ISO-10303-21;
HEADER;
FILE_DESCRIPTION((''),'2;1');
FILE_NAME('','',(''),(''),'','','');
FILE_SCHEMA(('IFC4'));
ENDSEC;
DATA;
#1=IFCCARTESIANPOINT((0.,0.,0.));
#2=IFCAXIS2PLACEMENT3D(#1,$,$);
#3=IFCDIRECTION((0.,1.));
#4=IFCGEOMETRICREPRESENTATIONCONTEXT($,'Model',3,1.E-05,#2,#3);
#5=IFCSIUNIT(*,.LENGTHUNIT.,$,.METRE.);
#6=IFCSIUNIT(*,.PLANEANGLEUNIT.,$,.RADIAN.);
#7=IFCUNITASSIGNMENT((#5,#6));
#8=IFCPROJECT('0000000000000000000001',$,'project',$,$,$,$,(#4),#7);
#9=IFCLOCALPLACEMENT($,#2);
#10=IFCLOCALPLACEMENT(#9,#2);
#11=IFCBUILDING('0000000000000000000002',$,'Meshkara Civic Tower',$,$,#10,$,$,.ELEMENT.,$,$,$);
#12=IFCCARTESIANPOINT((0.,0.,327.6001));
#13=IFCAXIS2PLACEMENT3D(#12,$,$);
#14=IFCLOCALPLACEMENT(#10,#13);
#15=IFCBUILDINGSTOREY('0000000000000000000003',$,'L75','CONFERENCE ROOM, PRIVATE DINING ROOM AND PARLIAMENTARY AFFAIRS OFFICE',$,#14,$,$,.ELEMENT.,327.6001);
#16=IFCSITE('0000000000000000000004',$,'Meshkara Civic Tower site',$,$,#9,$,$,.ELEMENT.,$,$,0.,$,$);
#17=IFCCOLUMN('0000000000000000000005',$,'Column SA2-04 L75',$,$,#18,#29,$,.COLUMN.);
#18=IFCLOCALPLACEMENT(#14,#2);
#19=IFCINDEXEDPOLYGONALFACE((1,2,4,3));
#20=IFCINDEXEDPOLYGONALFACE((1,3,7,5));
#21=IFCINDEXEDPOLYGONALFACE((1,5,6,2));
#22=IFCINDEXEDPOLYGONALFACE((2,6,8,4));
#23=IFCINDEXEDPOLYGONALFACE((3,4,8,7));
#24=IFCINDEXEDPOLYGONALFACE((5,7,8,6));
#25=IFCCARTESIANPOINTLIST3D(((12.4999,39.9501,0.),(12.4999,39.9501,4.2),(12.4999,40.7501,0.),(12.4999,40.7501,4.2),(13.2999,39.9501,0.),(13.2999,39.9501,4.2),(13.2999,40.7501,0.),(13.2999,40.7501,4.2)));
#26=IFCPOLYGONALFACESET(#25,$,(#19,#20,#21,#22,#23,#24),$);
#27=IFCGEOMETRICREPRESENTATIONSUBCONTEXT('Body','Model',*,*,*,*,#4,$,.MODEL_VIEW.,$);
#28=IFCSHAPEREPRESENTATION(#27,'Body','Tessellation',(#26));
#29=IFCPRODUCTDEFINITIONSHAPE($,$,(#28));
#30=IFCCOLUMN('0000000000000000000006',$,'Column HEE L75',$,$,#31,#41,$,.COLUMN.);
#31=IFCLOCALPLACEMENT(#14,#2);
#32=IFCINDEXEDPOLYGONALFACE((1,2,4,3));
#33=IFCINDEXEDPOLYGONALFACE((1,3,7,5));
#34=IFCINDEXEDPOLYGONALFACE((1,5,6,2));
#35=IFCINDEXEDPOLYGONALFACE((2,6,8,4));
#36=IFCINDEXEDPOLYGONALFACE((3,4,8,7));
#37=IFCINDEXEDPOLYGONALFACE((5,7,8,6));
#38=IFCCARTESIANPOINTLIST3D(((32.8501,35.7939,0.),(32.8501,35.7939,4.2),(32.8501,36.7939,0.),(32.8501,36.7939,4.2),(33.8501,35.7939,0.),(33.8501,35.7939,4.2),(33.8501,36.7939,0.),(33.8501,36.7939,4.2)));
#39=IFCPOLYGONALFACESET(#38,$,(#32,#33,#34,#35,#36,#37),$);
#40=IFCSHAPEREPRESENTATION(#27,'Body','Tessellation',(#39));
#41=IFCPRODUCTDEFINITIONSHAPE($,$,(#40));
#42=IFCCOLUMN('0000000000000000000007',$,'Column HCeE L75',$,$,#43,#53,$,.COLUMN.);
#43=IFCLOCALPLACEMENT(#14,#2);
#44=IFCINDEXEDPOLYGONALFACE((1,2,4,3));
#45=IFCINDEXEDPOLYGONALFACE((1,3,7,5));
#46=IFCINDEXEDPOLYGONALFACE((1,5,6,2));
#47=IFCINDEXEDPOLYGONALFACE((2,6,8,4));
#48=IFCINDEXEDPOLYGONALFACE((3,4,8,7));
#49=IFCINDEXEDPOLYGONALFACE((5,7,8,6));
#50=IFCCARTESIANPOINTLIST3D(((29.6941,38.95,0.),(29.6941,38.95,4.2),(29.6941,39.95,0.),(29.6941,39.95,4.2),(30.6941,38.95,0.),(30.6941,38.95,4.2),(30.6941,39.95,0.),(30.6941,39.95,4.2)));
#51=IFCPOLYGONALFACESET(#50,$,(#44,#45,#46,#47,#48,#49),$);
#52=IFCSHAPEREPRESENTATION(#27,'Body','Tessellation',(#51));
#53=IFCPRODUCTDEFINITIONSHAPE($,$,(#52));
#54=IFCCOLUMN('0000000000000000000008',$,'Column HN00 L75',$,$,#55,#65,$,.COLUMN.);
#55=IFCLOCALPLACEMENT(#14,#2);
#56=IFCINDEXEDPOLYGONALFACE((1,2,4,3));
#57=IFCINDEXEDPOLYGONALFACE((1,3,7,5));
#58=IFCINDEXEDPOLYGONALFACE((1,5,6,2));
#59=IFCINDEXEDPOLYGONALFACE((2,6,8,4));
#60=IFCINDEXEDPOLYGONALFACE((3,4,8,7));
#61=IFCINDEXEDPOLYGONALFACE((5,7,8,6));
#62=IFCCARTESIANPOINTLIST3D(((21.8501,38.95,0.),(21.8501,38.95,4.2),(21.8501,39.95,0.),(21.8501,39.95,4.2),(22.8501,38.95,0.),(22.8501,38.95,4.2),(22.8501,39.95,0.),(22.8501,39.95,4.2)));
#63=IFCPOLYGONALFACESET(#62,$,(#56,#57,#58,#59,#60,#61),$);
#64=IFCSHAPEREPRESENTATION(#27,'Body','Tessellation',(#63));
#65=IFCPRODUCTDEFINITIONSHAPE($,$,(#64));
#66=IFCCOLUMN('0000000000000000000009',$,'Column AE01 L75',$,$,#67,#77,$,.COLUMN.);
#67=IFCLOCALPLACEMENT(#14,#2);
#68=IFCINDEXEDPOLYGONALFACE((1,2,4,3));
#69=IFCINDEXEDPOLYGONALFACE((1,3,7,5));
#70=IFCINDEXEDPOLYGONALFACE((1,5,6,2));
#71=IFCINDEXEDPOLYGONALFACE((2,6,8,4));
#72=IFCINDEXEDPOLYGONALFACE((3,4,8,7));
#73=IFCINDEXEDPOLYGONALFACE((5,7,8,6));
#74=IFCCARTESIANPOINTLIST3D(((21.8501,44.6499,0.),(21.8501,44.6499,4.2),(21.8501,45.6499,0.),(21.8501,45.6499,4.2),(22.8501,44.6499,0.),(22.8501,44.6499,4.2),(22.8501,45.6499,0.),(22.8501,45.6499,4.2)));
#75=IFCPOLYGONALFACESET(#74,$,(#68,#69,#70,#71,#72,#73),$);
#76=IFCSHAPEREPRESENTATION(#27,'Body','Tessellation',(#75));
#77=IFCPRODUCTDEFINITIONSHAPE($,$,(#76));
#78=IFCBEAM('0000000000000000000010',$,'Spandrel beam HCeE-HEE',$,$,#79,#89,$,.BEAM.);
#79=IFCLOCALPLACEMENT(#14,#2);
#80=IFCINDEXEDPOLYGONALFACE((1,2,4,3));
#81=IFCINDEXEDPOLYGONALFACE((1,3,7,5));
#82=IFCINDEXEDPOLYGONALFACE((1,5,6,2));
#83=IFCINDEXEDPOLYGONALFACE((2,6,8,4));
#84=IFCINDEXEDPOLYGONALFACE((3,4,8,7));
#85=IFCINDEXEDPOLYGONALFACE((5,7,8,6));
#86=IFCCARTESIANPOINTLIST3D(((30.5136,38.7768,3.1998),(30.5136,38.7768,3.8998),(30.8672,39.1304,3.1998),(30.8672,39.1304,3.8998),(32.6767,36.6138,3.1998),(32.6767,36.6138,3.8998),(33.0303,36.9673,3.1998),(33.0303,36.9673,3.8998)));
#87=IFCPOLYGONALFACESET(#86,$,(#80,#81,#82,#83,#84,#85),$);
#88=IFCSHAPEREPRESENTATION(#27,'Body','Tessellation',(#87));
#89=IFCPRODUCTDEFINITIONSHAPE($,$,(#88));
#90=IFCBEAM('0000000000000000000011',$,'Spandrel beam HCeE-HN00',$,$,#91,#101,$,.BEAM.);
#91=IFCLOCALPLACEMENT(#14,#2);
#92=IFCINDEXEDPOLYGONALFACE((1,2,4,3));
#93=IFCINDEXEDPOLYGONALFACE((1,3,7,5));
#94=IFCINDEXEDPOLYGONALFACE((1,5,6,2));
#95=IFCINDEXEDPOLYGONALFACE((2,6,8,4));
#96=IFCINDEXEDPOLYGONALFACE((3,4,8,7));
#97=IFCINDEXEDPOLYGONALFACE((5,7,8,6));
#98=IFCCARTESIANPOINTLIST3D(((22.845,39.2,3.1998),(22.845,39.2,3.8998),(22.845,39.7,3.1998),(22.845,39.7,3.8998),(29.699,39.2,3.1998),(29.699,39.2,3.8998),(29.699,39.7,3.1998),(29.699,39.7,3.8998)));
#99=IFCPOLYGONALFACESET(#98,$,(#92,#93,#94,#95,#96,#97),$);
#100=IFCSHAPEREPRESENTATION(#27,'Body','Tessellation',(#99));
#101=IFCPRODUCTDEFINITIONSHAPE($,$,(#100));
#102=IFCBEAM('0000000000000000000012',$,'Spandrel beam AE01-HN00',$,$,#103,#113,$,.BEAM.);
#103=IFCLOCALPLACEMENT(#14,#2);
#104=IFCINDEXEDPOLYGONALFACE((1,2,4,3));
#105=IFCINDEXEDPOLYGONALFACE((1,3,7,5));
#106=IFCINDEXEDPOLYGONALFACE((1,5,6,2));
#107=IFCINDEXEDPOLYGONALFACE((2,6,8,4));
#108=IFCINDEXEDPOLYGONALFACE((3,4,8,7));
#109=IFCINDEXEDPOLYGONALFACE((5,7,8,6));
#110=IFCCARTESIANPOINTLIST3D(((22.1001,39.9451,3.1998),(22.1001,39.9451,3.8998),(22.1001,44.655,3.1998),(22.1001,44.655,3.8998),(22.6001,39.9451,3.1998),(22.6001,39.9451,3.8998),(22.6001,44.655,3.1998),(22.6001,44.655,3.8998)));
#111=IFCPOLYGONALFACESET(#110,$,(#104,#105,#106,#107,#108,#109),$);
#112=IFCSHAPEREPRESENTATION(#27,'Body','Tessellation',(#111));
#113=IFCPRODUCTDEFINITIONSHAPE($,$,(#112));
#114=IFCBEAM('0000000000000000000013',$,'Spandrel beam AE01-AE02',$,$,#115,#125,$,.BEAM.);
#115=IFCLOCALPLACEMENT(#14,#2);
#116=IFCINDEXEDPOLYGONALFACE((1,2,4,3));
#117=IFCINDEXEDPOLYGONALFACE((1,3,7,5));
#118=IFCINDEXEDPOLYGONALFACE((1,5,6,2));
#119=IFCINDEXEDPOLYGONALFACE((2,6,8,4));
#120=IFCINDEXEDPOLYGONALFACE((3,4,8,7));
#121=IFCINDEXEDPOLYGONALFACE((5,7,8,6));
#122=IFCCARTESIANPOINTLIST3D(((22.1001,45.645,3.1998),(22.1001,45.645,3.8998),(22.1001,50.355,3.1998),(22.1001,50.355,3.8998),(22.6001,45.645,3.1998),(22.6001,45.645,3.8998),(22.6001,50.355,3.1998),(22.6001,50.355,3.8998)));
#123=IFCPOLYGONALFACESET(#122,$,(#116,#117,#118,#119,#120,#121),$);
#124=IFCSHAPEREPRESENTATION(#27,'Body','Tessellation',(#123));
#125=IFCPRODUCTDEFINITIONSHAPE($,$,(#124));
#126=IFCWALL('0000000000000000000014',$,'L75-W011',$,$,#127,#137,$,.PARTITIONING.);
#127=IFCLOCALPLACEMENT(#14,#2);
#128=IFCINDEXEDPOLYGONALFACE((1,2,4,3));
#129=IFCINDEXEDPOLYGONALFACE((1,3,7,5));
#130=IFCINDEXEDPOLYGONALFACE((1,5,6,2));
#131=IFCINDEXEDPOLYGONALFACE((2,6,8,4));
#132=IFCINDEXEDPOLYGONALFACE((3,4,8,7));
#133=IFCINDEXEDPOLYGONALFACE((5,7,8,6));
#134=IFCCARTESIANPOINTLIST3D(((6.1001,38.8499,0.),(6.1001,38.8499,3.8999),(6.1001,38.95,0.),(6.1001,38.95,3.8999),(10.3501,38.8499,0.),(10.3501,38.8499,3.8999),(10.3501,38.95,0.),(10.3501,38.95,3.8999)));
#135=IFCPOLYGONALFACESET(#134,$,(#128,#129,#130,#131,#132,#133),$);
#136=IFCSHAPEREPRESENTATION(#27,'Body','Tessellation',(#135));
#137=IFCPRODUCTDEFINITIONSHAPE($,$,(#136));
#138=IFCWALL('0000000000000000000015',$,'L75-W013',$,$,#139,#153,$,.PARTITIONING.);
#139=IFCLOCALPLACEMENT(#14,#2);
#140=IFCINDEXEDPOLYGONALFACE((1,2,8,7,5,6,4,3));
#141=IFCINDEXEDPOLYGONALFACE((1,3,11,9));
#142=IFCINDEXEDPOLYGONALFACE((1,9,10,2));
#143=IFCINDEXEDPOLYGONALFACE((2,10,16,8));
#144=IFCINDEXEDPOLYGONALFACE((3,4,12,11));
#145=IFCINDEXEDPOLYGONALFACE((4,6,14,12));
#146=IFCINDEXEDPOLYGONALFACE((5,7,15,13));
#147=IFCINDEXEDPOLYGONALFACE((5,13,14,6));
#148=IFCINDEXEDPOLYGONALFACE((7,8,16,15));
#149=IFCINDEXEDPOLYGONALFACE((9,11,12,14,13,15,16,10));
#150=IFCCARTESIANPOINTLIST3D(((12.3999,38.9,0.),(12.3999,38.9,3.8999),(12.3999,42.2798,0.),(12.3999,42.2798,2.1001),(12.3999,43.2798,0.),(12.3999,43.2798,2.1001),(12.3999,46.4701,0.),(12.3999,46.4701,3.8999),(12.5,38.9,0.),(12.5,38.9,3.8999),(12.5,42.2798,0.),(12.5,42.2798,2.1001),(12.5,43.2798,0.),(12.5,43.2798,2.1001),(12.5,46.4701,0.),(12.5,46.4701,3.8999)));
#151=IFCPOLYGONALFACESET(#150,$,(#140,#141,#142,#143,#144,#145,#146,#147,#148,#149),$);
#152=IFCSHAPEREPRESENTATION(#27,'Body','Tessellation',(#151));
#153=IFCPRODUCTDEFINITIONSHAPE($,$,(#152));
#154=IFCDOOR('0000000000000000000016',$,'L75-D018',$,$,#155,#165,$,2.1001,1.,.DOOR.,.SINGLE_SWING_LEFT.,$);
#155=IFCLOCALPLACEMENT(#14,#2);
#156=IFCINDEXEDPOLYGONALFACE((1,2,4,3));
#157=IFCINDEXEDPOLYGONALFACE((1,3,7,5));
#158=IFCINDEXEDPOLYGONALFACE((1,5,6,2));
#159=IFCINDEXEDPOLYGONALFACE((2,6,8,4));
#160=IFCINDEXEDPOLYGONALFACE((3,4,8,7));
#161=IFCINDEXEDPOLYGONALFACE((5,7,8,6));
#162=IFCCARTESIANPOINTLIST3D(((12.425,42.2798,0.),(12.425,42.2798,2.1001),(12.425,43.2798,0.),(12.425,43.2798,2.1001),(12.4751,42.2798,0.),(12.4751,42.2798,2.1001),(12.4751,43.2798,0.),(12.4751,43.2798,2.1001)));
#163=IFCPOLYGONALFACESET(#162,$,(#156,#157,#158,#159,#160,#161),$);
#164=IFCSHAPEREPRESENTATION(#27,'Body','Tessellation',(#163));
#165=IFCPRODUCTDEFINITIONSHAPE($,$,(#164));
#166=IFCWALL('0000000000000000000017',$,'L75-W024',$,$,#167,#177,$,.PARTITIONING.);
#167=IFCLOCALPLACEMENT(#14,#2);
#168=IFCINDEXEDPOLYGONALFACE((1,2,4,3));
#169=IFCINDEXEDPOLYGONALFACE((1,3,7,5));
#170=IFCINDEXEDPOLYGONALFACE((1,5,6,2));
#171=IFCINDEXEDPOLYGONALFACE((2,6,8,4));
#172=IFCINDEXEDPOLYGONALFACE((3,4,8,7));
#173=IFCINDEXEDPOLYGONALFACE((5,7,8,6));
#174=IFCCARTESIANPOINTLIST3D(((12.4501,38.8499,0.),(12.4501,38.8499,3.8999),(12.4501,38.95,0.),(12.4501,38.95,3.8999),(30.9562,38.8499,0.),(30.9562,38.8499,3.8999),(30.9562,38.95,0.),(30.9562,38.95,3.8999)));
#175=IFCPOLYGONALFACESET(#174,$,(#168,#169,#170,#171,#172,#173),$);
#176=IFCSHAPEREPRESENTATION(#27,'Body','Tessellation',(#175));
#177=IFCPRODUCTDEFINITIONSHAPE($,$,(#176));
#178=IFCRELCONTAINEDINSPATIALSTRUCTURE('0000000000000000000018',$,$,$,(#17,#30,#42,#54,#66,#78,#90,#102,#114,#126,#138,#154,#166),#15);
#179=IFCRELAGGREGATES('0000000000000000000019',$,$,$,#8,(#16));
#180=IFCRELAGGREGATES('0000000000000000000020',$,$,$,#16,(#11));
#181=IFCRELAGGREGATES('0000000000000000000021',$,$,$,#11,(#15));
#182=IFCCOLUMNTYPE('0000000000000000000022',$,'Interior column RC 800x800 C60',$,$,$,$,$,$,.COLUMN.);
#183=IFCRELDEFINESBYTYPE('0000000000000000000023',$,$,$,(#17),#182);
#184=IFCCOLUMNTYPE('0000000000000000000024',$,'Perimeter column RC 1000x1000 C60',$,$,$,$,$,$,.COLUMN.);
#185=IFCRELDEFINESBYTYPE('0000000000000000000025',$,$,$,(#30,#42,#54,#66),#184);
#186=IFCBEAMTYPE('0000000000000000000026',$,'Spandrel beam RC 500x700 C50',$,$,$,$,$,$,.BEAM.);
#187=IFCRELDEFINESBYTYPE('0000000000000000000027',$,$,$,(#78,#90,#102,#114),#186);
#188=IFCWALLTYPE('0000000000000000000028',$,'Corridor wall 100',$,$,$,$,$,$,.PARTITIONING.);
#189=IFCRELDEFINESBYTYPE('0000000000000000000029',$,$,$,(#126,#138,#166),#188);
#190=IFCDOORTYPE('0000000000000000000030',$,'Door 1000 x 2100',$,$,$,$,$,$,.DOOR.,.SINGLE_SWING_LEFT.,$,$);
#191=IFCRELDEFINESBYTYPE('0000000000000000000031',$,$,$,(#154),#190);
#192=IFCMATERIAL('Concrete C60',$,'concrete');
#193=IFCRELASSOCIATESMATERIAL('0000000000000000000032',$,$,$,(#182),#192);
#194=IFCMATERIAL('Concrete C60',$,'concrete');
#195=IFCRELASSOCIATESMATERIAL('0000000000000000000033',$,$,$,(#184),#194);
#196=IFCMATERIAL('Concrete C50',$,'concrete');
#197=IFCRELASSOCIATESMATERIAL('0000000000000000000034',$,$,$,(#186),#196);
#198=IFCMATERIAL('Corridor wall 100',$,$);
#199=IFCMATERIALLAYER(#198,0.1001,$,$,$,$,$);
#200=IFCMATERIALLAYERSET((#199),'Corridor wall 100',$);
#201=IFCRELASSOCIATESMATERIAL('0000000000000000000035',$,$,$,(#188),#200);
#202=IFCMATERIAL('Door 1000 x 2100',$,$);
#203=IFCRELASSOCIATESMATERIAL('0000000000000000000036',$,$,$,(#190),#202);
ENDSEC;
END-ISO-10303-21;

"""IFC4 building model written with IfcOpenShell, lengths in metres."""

from ifc_helpers import new_model, si_unit, direction, frame, frame_2d, origin, origin_2d, place, context, subcontext, project, spatial, rectangle, extrude, material, layer, layer_set, material_profile, profile_set, type_object, element, fill, save


model = new_model("IFC4")

# Units and contexts
model_context = context("Model", 3, precision=1e-05, world=origin(), true_north=direction((0.0, 1.0)))
body_context = subcontext(model_context, "Body", "Model", "MODEL_VIEW")
ifc_project = project(units=[si_unit("LENGTHUNIT", "METRE"), si_unit("PLANEANGLEUNIT", "RADIAN")], contexts=[model_context])

# Site, building, storey
site_placement = place(None, origin())
site = spatial("IfcSite", under=ifc_project, at=site_placement, Name="Meshkara Civic Tower site", CompositionType="ELEMENT", RefElevation=0.0)
building_placement = place(site_placement, origin())
building = spatial("IfcBuilding", under=site, at=building_placement, Name="Meshkara Civic Tower", CompositionType="ELEMENT")
storey_placement = place(building_placement, frame((0.0, 0.0, 327.6001)))
storey = spatial("IfcBuildingStorey", under=building, at=storey_placement, Name="L75", Description="CONFERENCE ROOM, PRIVATE DINING ROOM AND PARLIAMENTARY AFFAIRS OFFICE", CompositionType="ELEMENT", Elevation=327.6001)

# Columns
ifc_material_1 = material(Name="Concrete C60", Category="concrete")
ifc_material_profile_1 = material_profile(ifc_material_1, rectangle(XDim=0.8, YDim=0.8, at=origin_2d()))
ifc_profile_set_1 = profile_set([ifc_material_profile_1], Name="Concrete C60")
column_type_1 = type_object("IfcColumnType", Name="Interior column RC 800x800 C60", PredefinedType="COLUMN", material=ifc_profile_set_1)
column_placement = place(storey_placement, frame((12.8999, 40.3501, 0.0), z_axis=(0.0, 0.0, 1.0), x_axis=(1.0, 0.0, 0.0)))
element("IfcColumn", 1, at=column_placement, inside=storey, type_object=column_type_1, Name="Column SA2-04 L75", PredefinedType="COLUMN", context=body_context, shape_type="SweptSolid", body=[
    extrude(rectangle(XDim=0.8, YDim=0.8, at=origin_2d()), origin(), (0.0, 0.0, 1.0), 4.2),
])
ifc_material_2 = material(Name="Concrete C60", Category="concrete")
ifc_material_profile_2 = material_profile(ifc_material_2, rectangle(XDim=1.0, YDim=1.0, at=origin_2d()))
ifc_profile_set_2 = profile_set([ifc_material_profile_2], Name="Concrete C60")
column_type_2 = type_object("IfcColumnType", Name="Perimeter column RC 1000x1000 C60", PredefinedType="COLUMN", material=ifc_profile_set_2)
for number, where, z_axis, x_axis, name in (
    (2, (33.3501, 36.2939, 0.0), (0.0, 0.0, 1.0), (1.0, 0.0, 0.0), "Column HEE L75"),
    (3, (30.1941, 39.45, 0.0), (0.0, 0.0, 1.0), (1.0, 0.0, 0.0), "Column HCeE L75"),
    (4, (22.3501, 39.45, 0.0), (0.0, 0.0, 1.0), (1.0, 0.0, 0.0), "Column HN00 L75"),
    (5, (22.3501, 45.1499, 0.0), (0.0, 0.0, 1.0), (1.0, 0.0, 0.0), "Column AE01 L75"),
):
    element("IfcColumn", number, at=place(storey_placement, frame(where, z_axis=z_axis, x_axis=x_axis)), inside=storey, type_object=column_type_2, Name=name, PredefinedType="COLUMN", context=body_context, shape_type="SweptSolid", body=[
        extrude(rectangle(XDim=1.0, YDim=1.0, at=origin_2d()), origin(), (0.0, 0.0, 1.0), 4.2),
    ])

# Beams
ifc_material_3 = material(Name="Concrete C50", Category="concrete")
ifc_material_profile_3 = material_profile(ifc_material_3, rectangle(XDim=0.5, YDim=0.7, at=origin_2d()))
ifc_profile_set_3 = profile_set([ifc_material_profile_3], Name="Concrete C50")
beam_type = type_object("IfcBeamType", Name="Spandrel beam RC 500x700 C50", PredefinedType="BEAM", material=ifc_profile_set_3)
beam_1_placement = place(storey_placement, frame((32.8535, 36.7905, 3.5498), z_axis=(-0.707107, 0.707107, 0.0), x_axis=(-0.707107, -0.707107, 0.0)))
element("IfcBeam", 6, at=beam_1_placement, inside=storey, type_object=beam_type, Name="Spandrel beam HCeE-HEE", PredefinedType="BEAM", context=body_context, shape_type="SweptSolid", body=[
    extrude(rectangle(XDim=0.5, YDim=0.7, at=origin_2d()), origin(), (0.0, 0.0, 1.0), 3.0591),
])
beam_2_placement = place(storey_placement, frame((29.699, 39.45, 3.5498), z_axis=(-1.0, 0.0, 0.0), x_axis=(0.0, -1.0, 0.0)))
element("IfcBeam", 7, at=beam_2_placement, inside=storey, type_object=beam_type, Name="Spandrel beam HCeE-HN00", PredefinedType="BEAM", context=body_context, shape_type="SweptSolid", body=[
    extrude(rectangle(XDim=0.5, YDim=0.7, at=origin_2d()), origin(), (0.0, 0.0, 1.0), 6.854),
])
for number, where, z_axis, x_axis, name in (
    (8, (22.3501, 39.9451, 3.5498), (0.0, 1.0, 0.0), (-1.0, 0.0, 0.0), "Spandrel beam AE01-HN00"),
    (9, (22.3501, 45.645, 3.5498), (0.0, 1.0, 0.0), (-1.0, 0.0, 0.0), "Spandrel beam AE01-AE02"),
):
    element("IfcBeam", number, at=place(storey_placement, frame(where, z_axis=z_axis, x_axis=x_axis)), inside=storey, type_object=beam_type, Name=name, PredefinedType="BEAM", context=body_context, shape_type="SweptSolid", body=[
        extrude(rectangle(XDim=0.5, YDim=0.7, at=origin_2d()), origin(), (0.0, 0.0, 1.0), 4.71),
    ])

# Wall
ifc_material_4 = material(Name="Corridor wall 100")
ifc_layer_1 = layer(ifc_material_4, 0.1001)
ifc_layer_set_1 = layer_set([ifc_layer_1], Name="Corridor wall 100")
wall_type_1 = type_object("IfcWallType", Name="Corridor wall 100", PredefinedType="PARTITIONING", material=ifc_layer_set_1)
wall_1_placement = place(storey_placement, frame((10.3501, 38.8999, 0.0), z_axis=(0.0, 0.0, 1.0), x_axis=(-1.0, 0.0, 0.0)))
element("IfcWall", 10, at=wall_1_placement, inside=storey, type_object=wall_type_1, Name="L75-W011", PredefinedType="PARTITIONING", context=body_context, shape_type="SweptSolid", body=[
    extrude(rectangle(XDim=4.25, YDim=0.1001, at=frame_2d((2.125, 0.0))), origin(), (0.0, 0.0, 1.0), 3.8999),
])

# Wall, opening, door
wall_2_placement = place(storey_placement, frame((12.45, 38.8999, 0.0), z_axis=(0.0, 0.0, 1.0), x_axis=(0.0, 1.0, 0.0)))
wall_2 = element("IfcWall", 11, at=wall_2_placement, inside=storey, type_object=wall_type_1, Name="L75-W013", PredefinedType="PARTITIONING", context=body_context, shape_type="SweptSolid", body=[
    extrude(rectangle(XDim=7.5701, YDim=0.1001, at=frame_2d((3.7852, 0.0))), origin(), (0.0, 0.0, 1.0), 3.8999),
])
opening_1_placement = place(wall_2_placement, frame((3.3799, 0.0, 0.0)))
opening_1 = element("IfcOpeningElement", 12, at=opening_1_placement, cuts=wall_2, PredefinedType="OPENING", context=body_context, shape_type="SweptSolid", body=[
    extrude(rectangle(XDim=1.0, YDim=2.1001, at=frame_2d((0.5, 1.05))), frame((0.0, 0.0601, 0.0), z_axis=(0.0, -1.0, 0.0), x_axis=(1.0, 0.0, 0.0)), (0.0, 0.0, 1.0), 0.1201),
])
ifc_material_5 = material(Name="Door 1000 x 2100")
door_type = type_object("IfcDoorType", Name="Door 1000 x 2100", OperationType="SINGLE_SWING_LEFT", PredefinedType="DOOR", material=ifc_material_5)
door_placement = place(opening_1_placement, origin())
door = element("IfcDoor", 13, at=door_placement, inside=storey, type_object=door_type, Name="L75-D018", OperationType="SINGLE_SWING_LEFT", OverallHeight=2.1001, OverallWidth=1.0, PredefinedType="DOOR", context=body_context, shape_type="SweptSolid", body=[
    extrude(rectangle(XDim=1.0, YDim=2.1001, at=frame_2d((0.5, 1.05))), frame((0.0, 0.0249, 0.0), z_axis=(0.0, -1.0, 0.0), x_axis=(1.0, 0.0, 0.0)), (0.0, 0.0, 1.0), 0.05),
])
fill(opening_1, door)

# Wall
wall_3_placement = place(storey_placement, frame((30.9561, 38.8999, 0.0), z_axis=(0.0, 0.0, 1.0), x_axis=(-1.0, 0.0, 0.0)))
element("IfcWall", 14, at=wall_3_placement, inside=storey, type_object=wall_type_1, Name="L75-W024", PredefinedType="PARTITIONING", context=body_context, shape_type="SweptSolid", body=[
    extrude(rectangle(XDim=18.5061, YDim=0.1001, at=frame_2d((9.2529, 0.0))), origin(), (0.0, 0.0, 1.0), 3.8999),
])

save(model, "model.ifc")
